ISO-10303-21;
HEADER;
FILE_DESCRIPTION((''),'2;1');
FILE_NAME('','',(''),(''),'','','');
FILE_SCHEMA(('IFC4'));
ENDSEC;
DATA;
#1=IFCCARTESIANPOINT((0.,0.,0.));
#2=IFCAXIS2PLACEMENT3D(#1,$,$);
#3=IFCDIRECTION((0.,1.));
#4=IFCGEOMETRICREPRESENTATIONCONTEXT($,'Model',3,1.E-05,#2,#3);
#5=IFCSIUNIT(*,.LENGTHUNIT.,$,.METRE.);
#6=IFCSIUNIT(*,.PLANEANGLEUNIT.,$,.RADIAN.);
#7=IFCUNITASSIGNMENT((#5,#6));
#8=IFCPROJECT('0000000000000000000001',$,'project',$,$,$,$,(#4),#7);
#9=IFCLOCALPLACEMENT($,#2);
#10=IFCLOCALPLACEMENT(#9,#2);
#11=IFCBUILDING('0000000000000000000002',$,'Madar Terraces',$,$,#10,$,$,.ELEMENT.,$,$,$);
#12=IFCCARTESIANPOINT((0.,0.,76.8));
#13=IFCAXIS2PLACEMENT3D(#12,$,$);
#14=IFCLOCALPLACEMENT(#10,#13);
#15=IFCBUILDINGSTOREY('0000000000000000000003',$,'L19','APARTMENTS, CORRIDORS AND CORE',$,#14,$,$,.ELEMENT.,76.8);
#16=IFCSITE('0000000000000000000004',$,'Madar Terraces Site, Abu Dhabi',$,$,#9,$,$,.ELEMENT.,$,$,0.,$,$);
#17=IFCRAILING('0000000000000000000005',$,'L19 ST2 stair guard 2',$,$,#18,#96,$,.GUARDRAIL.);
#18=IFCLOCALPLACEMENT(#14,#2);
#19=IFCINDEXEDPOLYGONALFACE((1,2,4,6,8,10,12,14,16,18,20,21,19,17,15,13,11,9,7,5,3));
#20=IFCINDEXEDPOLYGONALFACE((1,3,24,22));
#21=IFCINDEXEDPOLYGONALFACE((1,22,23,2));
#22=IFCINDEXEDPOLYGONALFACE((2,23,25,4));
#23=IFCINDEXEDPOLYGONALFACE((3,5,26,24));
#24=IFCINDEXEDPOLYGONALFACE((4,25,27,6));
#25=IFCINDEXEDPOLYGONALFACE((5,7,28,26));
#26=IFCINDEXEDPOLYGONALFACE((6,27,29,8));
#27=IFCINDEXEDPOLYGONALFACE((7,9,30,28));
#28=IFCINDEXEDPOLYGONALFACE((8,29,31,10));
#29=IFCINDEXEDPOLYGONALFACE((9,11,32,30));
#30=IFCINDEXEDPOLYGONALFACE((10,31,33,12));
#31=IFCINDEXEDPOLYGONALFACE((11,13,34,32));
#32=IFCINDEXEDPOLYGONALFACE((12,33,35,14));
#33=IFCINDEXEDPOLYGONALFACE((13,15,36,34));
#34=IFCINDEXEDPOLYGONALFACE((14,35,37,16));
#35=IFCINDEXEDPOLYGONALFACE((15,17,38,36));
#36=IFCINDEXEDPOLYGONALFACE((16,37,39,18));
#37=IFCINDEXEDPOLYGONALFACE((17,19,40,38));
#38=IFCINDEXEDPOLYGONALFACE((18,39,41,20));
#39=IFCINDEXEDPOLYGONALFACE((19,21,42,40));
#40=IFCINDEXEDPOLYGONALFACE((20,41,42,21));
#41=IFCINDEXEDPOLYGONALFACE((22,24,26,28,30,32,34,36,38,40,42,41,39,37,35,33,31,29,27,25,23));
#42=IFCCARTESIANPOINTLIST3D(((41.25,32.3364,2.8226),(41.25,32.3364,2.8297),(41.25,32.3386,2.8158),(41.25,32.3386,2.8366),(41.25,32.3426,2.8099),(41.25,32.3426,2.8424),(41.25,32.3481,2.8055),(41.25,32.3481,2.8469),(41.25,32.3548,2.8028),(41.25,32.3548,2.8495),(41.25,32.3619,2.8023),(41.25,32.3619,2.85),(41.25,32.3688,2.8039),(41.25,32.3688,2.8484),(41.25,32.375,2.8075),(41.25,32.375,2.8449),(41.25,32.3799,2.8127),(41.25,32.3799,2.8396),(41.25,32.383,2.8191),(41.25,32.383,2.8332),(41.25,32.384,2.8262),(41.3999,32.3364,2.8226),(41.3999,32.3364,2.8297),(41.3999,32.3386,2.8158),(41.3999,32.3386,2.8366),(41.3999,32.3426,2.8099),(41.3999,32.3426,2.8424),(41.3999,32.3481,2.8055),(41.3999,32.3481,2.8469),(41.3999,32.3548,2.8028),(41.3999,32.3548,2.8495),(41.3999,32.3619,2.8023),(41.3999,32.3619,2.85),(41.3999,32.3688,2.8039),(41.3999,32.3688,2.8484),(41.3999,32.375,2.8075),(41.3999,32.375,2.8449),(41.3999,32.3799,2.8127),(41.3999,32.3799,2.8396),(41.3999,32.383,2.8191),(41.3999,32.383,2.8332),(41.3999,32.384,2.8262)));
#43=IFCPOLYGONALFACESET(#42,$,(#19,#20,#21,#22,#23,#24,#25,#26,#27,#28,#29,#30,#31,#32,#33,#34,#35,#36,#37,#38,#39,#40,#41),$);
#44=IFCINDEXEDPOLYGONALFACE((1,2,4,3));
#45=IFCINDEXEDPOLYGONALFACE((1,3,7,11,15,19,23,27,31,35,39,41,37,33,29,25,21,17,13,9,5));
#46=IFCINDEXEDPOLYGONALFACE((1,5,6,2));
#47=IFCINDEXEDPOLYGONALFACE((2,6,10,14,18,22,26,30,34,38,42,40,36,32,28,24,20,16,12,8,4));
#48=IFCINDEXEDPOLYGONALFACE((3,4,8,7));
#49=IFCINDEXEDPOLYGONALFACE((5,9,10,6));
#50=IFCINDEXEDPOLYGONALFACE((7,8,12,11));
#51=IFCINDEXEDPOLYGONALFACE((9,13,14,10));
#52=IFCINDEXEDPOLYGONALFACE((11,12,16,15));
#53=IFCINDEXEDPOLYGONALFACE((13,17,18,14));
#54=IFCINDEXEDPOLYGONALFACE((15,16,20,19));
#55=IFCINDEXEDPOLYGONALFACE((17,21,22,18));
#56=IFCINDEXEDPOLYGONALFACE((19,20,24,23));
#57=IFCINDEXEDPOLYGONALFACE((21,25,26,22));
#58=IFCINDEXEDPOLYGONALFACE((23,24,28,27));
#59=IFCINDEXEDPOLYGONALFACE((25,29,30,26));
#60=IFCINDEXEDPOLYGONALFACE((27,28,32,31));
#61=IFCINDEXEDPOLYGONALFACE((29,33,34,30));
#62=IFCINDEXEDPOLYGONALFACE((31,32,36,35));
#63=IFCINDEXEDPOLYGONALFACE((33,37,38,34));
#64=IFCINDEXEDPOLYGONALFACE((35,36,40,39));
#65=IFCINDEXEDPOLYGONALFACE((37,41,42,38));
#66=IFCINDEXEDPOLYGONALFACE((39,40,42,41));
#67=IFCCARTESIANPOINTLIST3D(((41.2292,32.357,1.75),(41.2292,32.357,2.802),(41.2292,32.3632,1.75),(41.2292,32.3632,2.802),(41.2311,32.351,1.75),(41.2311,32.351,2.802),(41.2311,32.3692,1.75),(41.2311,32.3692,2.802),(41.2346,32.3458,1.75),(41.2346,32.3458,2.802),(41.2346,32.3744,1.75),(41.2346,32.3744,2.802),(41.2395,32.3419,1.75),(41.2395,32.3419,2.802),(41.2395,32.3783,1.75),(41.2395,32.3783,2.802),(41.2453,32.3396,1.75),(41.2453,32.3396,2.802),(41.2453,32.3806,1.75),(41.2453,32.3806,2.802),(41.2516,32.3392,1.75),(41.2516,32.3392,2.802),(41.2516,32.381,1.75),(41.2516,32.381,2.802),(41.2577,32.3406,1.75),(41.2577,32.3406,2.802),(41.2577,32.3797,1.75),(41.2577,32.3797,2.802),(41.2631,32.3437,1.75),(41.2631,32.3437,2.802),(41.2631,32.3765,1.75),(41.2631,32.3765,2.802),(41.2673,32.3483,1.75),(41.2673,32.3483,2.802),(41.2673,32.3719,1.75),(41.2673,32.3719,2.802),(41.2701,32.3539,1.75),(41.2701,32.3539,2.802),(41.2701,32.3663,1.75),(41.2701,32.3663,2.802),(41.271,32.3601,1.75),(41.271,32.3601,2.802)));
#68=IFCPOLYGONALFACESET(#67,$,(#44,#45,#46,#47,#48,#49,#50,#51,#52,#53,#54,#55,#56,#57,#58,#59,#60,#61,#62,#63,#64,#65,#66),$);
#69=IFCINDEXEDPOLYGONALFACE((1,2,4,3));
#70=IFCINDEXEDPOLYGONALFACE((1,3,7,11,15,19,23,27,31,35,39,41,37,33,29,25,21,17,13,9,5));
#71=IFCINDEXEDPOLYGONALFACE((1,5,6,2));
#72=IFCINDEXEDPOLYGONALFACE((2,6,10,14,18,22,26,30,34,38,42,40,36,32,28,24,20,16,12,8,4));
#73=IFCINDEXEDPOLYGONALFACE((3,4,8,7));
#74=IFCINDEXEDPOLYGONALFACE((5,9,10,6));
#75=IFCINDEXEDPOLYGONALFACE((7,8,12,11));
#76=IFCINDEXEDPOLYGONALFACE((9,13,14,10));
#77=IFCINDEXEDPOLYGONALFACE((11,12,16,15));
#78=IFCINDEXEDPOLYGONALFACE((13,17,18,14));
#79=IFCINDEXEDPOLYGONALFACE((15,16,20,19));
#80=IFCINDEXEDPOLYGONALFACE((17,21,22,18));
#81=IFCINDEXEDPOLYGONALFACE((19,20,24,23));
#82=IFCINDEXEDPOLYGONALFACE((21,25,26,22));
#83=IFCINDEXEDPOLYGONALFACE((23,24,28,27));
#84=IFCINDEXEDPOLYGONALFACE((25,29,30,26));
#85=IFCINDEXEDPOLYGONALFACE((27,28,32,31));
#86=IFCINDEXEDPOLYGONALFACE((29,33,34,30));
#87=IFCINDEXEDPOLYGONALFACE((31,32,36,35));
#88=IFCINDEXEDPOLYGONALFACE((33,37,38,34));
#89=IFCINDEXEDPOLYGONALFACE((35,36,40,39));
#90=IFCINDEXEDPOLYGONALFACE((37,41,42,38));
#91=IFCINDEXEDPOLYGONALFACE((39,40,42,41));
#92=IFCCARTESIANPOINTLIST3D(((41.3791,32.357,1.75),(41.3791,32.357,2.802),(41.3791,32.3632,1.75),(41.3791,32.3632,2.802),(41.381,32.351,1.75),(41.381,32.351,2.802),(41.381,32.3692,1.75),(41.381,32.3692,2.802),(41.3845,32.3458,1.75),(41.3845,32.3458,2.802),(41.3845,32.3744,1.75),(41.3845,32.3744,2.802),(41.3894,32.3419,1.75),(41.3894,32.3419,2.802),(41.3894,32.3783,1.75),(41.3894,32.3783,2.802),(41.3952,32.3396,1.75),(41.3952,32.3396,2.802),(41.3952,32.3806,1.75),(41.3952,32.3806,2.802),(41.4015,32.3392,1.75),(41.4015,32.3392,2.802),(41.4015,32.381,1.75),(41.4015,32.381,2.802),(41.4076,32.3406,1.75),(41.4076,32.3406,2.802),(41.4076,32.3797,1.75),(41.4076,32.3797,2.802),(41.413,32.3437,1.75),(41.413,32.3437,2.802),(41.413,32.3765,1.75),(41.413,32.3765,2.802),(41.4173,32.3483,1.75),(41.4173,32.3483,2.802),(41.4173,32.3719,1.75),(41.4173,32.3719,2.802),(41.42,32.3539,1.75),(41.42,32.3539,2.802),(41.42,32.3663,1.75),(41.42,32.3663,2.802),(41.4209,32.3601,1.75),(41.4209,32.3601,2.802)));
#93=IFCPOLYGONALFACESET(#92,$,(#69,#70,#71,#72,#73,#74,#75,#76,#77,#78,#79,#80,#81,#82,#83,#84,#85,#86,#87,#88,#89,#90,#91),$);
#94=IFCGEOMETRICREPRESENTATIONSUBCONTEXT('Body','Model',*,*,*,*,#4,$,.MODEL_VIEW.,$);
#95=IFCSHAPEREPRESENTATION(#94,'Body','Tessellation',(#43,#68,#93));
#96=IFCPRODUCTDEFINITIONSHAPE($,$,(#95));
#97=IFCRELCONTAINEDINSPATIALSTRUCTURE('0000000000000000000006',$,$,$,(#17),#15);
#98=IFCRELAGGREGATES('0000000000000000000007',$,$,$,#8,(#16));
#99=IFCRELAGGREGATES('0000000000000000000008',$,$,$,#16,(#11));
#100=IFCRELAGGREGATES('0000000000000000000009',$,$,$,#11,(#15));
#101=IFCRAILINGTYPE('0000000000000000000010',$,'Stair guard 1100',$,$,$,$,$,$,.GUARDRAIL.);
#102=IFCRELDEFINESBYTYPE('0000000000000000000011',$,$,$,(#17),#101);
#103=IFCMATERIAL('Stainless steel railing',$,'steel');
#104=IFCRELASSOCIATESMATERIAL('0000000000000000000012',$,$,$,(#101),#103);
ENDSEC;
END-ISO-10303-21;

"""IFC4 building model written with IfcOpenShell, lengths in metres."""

from ifc_helpers import new_model, si_unit, direction, frame, origin, origin_2d, place, context, subcontext, project, spatial, circle, extrude, material, type_object, element, save


model = new_model("IFC4")

# Units and contexts
model_context = context("Model", 3, precision=1e-05, world=origin(), true_north=direction((0.0, 1.0)))
body_context = subcontext(model_context, "Body", "Model", "MODEL_VIEW")
ifc_project = project(units=[si_unit("LENGTHUNIT", "METRE"), si_unit("PLANEANGLEUNIT", "RADIAN")], contexts=[model_context])

# Site, building, storey
site_placement = place(None, origin())
site = spatial("IfcSite", under=ifc_project, at=site_placement, Name="Madar Terraces Site, Abu Dhabi", CompositionType="ELEMENT", RefElevation=0.0)
building_placement = place(site_placement, origin())
building = spatial("IfcBuilding", under=site, at=building_placement, Name="Madar Terraces", CompositionType="ELEMENT")
storey_placement = place(building_placement, frame((0.0, 0.0, 76.8)))
storey = spatial("IfcBuildingStorey", under=building, at=storey_placement, Name="L19", Description="APARTMENTS, CORRIDORS AND CORE", CompositionType="ELEMENT", Elevation=76.8)

# Railing
ifc_material_1 = material(Name="Stainless steel railing", Category="steel")
railing_type_1 = type_object("IfcRailingType", Name="Stair guard 1100", PredefinedType="GUARDRAIL", material=ifc_material_1)
railing_1_placement = place(storey_placement, frame((41.25, 32.3601, 1.75)))
element("IfcRailing", 1, at=railing_1_placement, inside=storey, type_object=railing_type_1, Name="L19 ST2 stair guard 2", PredefinedType="GUARDRAIL", context=body_context, shape_type="SweptSolid", body=[
    extrude(circle(Radius=0.0239, at=origin_2d()), frame((0.0, 0.0, 1.0762), z_axis=(1.0, 0.0, 0.0), x_axis=(0.0, 1.0, 0.0)), (0.0, 0.0, 1.0), 0.1499),
    extrude(circle(Radius=0.021, at=origin_2d()), origin(), (0.0, 0.0, 1.0), 1.052),
    extrude(circle(Radius=0.021, at=origin_2d()), frame((0.1499, 0.0, 0.0)), (0.0, 0.0, 1.0), 1.052),
])

save(model, "model.ifc")
